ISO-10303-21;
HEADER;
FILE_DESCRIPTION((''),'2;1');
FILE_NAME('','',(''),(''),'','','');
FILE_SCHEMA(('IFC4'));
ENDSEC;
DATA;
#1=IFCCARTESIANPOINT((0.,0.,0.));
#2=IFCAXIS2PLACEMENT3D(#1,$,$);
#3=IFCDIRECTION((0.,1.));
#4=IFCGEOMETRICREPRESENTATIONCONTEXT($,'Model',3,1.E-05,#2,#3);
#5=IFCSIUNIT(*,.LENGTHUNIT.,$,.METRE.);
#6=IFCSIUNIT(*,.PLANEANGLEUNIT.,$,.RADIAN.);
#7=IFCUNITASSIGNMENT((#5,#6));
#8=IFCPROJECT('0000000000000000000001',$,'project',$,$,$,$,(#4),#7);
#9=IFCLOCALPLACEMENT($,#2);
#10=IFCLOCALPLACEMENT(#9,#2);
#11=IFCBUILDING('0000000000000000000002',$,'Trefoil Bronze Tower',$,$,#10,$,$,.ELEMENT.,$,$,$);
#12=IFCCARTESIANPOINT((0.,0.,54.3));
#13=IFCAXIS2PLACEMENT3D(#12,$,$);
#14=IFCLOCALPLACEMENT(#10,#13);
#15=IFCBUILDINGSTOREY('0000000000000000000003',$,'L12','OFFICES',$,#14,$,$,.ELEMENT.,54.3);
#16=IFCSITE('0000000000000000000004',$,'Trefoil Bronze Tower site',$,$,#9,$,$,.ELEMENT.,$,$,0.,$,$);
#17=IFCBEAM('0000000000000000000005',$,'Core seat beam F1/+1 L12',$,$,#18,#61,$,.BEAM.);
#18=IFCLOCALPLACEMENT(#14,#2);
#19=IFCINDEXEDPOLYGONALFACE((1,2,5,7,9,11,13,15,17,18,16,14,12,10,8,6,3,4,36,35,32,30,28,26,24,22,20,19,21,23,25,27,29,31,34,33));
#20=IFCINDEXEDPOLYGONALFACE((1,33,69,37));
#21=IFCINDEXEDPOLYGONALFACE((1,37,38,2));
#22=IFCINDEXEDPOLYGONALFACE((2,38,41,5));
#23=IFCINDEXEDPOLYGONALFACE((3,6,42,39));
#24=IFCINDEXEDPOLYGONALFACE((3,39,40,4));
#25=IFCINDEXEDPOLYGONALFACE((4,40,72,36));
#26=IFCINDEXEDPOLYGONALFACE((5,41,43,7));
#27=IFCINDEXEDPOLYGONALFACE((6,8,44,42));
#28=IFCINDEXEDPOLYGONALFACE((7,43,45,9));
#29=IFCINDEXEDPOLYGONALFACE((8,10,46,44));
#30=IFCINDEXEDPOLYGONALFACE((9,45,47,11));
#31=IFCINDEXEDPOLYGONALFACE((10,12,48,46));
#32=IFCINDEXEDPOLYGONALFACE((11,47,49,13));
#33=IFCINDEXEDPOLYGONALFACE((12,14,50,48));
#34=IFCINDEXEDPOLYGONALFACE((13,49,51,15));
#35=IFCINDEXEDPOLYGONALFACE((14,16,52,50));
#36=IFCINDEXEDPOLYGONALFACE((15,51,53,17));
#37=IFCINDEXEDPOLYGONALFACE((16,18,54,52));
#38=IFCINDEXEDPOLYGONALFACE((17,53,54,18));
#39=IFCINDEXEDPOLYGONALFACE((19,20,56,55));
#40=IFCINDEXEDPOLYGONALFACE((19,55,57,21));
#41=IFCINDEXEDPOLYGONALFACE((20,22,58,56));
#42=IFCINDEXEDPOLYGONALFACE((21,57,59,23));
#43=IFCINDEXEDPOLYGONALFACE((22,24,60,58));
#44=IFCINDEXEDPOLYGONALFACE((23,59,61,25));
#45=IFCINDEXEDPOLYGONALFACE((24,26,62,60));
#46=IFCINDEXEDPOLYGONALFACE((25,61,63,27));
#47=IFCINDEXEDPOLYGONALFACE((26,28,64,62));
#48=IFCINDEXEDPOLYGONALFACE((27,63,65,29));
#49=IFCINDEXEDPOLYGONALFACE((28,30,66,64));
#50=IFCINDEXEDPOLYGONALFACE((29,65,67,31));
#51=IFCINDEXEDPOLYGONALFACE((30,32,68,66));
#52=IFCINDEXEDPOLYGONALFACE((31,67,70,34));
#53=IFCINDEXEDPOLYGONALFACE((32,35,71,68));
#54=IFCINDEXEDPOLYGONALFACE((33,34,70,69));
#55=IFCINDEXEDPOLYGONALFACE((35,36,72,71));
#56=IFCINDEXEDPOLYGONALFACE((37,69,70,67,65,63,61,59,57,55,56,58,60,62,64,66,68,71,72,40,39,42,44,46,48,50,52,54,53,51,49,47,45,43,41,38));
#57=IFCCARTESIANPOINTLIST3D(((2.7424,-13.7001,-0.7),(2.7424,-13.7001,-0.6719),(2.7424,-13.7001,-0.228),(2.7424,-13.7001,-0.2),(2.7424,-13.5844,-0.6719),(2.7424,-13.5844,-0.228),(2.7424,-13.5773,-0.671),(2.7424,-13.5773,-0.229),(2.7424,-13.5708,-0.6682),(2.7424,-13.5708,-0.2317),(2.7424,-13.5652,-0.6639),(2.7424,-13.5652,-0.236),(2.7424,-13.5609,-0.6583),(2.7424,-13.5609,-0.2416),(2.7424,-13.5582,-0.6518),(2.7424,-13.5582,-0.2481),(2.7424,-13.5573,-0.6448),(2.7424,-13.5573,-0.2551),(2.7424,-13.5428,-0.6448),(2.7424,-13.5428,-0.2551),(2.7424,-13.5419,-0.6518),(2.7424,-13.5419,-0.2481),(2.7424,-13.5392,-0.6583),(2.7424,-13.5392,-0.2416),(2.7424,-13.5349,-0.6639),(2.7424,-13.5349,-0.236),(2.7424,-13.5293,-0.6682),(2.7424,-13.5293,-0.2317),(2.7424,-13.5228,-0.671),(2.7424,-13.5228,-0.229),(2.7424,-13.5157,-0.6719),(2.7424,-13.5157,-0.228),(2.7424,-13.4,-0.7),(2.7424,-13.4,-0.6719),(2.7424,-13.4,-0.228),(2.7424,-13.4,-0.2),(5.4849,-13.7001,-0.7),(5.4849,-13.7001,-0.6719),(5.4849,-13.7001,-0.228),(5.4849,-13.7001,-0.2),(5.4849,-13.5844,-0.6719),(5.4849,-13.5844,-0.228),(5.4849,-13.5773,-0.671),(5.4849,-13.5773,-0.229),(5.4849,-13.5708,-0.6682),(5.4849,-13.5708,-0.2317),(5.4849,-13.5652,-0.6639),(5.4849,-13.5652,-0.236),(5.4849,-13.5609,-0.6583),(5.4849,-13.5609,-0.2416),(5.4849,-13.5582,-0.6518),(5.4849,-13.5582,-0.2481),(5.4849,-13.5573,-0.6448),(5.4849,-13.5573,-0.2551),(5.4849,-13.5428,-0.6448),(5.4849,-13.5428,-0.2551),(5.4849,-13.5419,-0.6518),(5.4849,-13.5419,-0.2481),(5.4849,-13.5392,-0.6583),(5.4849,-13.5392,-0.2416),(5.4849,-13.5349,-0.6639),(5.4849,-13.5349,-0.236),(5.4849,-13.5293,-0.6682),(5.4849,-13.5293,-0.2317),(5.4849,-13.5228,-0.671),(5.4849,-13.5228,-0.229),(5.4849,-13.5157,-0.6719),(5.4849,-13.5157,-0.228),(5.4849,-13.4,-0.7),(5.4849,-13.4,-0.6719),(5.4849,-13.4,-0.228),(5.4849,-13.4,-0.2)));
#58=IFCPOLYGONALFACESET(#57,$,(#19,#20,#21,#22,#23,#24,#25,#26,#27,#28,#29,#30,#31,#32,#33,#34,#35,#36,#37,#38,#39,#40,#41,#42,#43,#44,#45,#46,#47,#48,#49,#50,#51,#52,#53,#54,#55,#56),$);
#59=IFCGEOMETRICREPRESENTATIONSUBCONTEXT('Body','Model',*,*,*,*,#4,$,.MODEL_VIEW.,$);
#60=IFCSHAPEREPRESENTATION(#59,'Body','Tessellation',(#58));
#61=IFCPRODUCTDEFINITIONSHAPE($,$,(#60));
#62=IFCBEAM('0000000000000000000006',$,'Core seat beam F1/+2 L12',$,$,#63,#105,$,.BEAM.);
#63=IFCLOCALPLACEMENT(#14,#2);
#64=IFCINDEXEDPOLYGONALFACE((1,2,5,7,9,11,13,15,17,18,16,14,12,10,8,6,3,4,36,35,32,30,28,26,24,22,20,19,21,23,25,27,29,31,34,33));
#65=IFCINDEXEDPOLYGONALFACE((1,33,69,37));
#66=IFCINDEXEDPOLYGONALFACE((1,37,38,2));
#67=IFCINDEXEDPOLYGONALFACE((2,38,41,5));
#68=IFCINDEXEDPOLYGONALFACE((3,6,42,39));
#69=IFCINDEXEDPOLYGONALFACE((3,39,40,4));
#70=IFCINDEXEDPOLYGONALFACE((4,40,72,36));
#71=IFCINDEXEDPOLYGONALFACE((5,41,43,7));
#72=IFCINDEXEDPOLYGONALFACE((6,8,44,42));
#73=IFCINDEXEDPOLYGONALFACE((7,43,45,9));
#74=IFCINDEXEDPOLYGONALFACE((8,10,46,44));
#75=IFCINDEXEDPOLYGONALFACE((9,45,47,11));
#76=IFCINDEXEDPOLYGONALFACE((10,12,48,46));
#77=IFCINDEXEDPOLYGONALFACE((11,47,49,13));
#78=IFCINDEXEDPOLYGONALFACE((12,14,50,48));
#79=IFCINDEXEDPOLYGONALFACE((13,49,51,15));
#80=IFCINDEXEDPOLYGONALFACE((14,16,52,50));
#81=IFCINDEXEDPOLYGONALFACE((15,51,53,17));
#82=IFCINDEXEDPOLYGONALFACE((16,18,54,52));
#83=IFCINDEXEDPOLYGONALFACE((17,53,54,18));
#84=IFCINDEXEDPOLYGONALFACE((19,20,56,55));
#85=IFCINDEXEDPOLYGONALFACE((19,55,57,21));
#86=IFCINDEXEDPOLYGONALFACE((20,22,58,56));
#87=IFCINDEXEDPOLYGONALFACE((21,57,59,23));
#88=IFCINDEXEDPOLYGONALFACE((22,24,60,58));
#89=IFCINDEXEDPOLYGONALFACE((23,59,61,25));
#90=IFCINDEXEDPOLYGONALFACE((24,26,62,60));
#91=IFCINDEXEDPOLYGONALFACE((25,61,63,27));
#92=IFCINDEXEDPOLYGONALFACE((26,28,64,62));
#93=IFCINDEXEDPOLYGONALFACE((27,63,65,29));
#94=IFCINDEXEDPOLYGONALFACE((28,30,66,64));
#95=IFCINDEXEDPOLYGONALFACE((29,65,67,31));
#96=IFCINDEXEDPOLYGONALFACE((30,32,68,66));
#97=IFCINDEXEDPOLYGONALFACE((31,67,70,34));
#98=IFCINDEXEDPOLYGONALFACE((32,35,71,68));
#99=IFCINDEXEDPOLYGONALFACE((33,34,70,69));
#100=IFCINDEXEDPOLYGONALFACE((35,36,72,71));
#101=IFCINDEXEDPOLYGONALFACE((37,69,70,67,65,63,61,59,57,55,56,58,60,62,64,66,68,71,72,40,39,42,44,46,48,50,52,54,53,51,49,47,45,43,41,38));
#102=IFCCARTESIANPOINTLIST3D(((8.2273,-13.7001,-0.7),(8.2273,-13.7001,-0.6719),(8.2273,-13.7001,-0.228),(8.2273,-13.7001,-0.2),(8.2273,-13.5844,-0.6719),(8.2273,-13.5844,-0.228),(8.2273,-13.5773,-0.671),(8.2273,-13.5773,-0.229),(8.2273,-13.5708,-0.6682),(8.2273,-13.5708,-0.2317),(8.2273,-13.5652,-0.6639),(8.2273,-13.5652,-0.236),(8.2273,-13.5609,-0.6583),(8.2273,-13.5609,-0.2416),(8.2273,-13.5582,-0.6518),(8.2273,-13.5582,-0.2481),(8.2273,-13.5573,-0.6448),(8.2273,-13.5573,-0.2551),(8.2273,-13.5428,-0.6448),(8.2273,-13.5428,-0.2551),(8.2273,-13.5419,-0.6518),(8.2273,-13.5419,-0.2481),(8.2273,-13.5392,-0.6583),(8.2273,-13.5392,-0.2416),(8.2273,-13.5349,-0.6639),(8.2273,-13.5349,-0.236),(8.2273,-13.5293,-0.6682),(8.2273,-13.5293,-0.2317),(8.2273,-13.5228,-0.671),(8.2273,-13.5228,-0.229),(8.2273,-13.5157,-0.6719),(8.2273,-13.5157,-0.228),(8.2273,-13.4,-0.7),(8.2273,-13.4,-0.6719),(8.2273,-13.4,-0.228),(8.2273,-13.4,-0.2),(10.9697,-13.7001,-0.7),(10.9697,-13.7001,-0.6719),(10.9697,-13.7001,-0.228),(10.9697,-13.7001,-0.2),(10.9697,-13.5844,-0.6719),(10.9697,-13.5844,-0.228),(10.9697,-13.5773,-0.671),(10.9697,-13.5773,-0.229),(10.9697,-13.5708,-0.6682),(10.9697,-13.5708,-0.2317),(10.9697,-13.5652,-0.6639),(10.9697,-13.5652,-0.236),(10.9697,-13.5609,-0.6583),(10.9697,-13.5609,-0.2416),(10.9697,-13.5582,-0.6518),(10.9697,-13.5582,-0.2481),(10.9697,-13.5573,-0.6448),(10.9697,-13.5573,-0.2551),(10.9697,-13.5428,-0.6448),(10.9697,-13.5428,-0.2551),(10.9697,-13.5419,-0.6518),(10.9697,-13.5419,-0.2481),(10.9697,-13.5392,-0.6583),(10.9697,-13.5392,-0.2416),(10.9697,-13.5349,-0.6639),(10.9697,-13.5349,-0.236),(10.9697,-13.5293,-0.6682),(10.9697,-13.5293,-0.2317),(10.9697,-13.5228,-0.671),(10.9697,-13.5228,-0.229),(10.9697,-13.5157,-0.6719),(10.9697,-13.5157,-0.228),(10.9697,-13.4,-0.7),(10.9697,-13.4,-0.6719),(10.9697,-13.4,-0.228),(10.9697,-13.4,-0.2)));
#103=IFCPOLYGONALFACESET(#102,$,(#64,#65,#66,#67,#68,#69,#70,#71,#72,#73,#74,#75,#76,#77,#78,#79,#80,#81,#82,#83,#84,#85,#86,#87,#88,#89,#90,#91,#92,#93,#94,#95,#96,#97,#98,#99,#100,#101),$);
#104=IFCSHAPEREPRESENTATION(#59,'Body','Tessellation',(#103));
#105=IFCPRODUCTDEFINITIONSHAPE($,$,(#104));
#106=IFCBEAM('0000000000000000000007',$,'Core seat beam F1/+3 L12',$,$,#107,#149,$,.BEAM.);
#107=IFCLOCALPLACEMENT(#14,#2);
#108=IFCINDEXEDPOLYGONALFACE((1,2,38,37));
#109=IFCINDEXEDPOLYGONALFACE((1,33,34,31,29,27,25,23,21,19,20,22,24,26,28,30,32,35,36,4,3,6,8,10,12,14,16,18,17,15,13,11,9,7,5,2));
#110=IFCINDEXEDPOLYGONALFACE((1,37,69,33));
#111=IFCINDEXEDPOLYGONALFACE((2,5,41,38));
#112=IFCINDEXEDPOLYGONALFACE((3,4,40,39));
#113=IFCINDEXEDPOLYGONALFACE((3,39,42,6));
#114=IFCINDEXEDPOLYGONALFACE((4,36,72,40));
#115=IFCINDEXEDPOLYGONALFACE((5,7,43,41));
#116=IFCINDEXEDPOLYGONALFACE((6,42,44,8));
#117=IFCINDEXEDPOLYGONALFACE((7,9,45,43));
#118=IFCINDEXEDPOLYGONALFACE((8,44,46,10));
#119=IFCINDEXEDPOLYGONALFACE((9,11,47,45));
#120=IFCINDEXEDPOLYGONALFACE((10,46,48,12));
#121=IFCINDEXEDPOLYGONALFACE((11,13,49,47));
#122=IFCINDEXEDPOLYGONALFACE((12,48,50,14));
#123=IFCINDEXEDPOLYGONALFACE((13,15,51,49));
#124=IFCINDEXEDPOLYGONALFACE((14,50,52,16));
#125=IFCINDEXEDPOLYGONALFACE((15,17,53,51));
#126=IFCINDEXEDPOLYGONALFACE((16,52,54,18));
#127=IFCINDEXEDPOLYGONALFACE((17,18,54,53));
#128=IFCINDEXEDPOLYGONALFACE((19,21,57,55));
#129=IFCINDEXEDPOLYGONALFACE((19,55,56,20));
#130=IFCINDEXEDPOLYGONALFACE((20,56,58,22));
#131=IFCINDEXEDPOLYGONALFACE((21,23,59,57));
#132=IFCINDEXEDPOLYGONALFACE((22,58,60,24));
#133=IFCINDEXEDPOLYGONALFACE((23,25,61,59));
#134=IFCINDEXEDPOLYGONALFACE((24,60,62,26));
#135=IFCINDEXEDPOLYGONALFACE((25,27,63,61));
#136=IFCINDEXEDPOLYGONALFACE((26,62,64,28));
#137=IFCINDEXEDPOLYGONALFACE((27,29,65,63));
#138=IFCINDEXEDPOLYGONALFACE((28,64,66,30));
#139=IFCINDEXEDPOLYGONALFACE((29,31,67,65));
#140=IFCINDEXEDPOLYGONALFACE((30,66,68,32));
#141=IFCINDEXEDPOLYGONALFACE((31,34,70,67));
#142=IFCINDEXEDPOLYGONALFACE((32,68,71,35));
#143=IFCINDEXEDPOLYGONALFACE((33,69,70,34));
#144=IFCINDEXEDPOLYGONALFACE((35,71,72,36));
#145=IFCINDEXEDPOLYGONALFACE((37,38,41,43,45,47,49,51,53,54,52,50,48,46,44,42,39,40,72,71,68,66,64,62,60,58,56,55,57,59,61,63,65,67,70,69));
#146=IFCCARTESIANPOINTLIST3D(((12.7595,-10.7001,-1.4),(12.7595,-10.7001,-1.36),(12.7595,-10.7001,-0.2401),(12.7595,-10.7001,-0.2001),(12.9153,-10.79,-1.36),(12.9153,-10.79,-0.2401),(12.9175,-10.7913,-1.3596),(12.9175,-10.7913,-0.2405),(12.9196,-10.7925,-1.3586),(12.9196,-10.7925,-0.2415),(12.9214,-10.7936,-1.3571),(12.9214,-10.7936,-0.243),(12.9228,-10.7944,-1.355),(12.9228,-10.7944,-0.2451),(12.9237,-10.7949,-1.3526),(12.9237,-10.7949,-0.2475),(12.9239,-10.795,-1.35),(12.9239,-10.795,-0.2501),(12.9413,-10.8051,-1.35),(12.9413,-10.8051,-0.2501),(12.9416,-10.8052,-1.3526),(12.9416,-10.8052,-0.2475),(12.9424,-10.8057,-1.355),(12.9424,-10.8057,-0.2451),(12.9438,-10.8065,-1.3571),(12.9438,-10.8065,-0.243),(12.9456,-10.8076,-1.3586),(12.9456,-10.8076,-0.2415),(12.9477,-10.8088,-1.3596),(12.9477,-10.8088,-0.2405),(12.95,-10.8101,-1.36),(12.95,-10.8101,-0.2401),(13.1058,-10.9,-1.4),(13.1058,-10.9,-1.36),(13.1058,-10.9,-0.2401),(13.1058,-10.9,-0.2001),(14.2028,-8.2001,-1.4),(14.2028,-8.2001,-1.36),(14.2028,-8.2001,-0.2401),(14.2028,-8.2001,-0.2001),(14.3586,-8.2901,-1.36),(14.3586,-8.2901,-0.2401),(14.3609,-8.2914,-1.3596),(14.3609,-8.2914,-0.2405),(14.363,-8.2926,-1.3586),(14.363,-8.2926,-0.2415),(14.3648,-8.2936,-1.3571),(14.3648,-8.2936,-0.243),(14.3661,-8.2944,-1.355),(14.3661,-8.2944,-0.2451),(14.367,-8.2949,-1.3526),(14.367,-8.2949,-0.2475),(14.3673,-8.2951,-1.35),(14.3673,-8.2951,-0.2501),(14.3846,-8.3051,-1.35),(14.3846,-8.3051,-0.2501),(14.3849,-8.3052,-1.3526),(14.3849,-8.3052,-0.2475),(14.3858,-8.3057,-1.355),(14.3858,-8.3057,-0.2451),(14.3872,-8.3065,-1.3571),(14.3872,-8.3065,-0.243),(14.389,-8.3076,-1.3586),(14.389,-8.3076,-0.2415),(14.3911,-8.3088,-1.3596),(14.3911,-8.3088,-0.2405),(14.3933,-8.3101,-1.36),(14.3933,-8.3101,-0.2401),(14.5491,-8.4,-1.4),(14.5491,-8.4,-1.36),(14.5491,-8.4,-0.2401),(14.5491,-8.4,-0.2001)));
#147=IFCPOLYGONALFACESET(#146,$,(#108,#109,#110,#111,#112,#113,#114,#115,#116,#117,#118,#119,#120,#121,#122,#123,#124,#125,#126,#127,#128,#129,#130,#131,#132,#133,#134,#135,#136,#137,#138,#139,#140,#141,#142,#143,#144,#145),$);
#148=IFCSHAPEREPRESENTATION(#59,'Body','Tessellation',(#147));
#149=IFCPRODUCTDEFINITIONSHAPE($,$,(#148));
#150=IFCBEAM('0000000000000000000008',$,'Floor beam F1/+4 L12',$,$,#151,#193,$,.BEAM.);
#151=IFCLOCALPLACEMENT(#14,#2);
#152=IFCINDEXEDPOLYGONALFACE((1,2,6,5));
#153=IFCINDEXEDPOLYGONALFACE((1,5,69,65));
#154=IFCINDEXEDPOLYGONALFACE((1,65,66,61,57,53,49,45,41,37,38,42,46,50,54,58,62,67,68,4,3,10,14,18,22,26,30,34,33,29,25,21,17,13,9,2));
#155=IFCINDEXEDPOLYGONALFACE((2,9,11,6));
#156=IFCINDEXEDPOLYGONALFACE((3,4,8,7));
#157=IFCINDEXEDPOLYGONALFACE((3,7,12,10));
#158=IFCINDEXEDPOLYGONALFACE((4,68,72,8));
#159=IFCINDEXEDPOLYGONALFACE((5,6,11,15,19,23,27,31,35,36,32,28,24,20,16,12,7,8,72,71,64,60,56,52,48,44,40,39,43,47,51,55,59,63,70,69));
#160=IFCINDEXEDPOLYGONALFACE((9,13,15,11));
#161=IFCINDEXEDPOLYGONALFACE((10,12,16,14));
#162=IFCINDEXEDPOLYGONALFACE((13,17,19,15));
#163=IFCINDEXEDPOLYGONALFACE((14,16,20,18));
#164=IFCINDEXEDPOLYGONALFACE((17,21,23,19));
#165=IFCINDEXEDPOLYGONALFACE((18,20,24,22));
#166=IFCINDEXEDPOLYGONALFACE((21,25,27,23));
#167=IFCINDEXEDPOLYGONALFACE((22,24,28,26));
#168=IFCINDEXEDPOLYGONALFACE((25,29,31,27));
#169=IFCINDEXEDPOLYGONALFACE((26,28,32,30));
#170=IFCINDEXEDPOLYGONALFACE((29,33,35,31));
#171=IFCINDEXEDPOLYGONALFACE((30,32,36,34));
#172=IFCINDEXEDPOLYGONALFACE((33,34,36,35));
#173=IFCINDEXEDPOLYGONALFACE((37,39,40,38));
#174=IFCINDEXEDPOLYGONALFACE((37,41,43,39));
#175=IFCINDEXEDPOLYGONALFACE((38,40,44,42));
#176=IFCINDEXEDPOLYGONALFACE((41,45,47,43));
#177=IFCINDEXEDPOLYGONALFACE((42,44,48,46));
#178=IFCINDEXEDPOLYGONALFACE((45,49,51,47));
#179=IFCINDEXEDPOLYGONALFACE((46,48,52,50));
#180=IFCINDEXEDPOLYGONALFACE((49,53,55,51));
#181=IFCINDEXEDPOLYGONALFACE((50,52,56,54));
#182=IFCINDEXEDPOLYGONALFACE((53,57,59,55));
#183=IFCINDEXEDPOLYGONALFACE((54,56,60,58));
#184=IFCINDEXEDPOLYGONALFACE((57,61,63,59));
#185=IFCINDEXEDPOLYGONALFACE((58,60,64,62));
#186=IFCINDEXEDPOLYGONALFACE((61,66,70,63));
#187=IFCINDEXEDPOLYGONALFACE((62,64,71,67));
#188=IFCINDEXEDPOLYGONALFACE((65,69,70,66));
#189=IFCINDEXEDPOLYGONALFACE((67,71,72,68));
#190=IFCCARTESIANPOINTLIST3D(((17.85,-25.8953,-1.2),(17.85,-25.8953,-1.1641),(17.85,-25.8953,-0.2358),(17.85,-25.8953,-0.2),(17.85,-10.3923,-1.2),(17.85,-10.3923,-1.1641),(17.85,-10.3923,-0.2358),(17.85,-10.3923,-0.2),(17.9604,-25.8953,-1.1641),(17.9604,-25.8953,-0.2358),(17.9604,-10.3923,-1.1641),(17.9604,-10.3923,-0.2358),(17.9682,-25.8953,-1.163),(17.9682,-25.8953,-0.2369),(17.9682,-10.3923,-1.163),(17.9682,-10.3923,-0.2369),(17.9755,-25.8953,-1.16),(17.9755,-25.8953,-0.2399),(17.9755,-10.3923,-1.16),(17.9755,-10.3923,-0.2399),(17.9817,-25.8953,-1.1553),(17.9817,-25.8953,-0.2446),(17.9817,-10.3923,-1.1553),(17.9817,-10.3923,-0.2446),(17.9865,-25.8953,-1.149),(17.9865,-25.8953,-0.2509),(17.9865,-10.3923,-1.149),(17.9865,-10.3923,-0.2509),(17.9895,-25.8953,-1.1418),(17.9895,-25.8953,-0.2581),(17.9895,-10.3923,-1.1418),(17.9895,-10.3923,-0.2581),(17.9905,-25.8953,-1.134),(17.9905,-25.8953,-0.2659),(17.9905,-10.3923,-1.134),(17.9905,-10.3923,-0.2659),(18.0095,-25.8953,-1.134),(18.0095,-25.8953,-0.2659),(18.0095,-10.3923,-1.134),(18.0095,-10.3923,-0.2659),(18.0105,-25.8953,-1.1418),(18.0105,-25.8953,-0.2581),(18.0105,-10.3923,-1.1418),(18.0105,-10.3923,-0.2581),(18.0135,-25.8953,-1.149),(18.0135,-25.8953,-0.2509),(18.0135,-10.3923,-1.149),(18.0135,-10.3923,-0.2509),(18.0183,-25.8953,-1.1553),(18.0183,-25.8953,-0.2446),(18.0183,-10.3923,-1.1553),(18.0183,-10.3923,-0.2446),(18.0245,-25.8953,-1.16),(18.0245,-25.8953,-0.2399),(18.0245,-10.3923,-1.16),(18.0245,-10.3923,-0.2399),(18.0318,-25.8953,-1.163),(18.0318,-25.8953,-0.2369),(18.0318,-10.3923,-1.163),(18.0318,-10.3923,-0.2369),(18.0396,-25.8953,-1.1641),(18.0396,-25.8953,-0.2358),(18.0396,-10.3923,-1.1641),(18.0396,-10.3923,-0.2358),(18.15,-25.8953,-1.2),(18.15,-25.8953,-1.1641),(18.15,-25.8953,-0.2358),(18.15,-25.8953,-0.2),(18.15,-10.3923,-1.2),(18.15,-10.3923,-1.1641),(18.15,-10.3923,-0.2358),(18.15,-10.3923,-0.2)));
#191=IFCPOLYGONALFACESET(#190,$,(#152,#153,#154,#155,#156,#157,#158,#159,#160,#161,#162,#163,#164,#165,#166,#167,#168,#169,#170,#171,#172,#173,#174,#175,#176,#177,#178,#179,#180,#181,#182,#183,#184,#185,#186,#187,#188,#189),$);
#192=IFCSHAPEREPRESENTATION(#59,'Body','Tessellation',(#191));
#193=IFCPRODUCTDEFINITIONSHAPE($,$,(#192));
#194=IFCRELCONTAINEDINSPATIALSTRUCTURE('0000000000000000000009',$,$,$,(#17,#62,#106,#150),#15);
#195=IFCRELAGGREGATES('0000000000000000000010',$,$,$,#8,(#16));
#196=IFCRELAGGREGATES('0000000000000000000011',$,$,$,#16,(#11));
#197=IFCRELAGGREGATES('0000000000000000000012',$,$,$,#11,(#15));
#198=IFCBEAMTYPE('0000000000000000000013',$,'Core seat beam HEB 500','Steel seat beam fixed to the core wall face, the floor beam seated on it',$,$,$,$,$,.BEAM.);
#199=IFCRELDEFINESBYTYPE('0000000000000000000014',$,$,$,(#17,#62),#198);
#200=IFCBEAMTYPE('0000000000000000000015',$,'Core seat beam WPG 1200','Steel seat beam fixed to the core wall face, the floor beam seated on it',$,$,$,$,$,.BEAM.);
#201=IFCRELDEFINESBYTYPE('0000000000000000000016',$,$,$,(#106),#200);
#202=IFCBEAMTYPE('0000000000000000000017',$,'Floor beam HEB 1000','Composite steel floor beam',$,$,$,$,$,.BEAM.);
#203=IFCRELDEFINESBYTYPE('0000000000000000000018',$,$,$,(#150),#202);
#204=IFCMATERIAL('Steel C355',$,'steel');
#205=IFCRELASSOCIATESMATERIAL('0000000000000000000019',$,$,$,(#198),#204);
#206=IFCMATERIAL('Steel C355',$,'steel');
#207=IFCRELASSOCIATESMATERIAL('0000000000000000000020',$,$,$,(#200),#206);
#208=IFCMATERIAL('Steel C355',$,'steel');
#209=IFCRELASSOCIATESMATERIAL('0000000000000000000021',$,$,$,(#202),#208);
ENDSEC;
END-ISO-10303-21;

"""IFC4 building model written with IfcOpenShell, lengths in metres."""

from ifc_helpers import new_model, si_unit, direction, frame, origin, origin_2d, place, context, subcontext, project, spatial, i_section, extrude, material, material_profile, profile_set, type_object, element, save


model = new_model("IFC4")

# Units and contexts
model_context = context("Model", 3, precision=1e-05, world=origin(), true_north=direction((0.0, 1.0)))
body_context = subcontext(model_context, "Body", "Model", "MODEL_VIEW")
ifc_project = project(units=[si_unit("LENGTHUNIT", "METRE"), si_unit("PLANEANGLEUNIT", "RADIAN")], contexts=[model_context])

# Site, building, storey
site_placement = place(None, origin())
site = spatial("IfcSite", under=ifc_project, at=site_placement, Name="Trefoil Bronze Tower site", CompositionType="ELEMENT", RefElevation=0.0)
building_placement = place(site_placement, origin())
building = spatial("IfcBuilding", under=site, at=building_placement, Name="Trefoil Bronze Tower", CompositionType="ELEMENT")
storey_placement = place(building_placement, frame((0.0, 0.0, 54.3)))
storey = spatial("IfcBuildingStorey", under=building, at=storey_placement, Name="L12", Description="OFFICES", CompositionType="ELEMENT", Elevation=54.3)

# Beams
ifc_material_1 = material(Name="Steel C355", Category="steel")
ifc_material_profile_1 = material_profile(ifc_material_1, i_section(OverallWidth=0.3, OverallDepth=0.5, WebThickness=0.0144, FlangeThickness=0.0281, FilletRadius=0.0271, at=origin_2d()), Name="HEB 500")
ifc_profile_set_1 = profile_set([ifc_material_profile_1], Name="Steel C355")
beam_type_1 = type_object("IfcBeamType", Name="Core seat beam HEB 500", Description="Steel seat beam fixed to the core wall face, the floor beam seated on it", PredefinedType="BEAM", material=ifc_profile_set_1)
for number, where, z_axis, x_axis, name in (
    (1, (2.7424, -13.55, -0.45), (1.0, 0.0, 0.0), (0.0, 1.0, 0.0), "Core seat beam F1/+1 L12"),
    (2, (8.2273, -13.55, -0.45), (1.0, 0.0, 0.0), (0.0, 1.0, 0.0), "Core seat beam F1/+2 L12"),
):
    element("IfcBeam", number, at=place(storey_placement, frame(where, z_axis=z_axis, x_axis=x_axis)), inside=storey, type_object=beam_type_1, Name=name, PredefinedType="BEAM", context=body_context, shape_type="SweptSolid", body=[
        extrude(i_section(OverallWidth=0.3, OverallDepth=0.5, WebThickness=0.0144, FlangeThickness=0.0281, FilletRadius=0.0271, at=origin_2d()), origin(), (0.0, 0.0, 1.0), 2.7424),
    ])
ifc_material_2 = material(Name="Steel C355", Category="steel")
ifc_material_profile_2 = material_profile(ifc_material_2, i_section(OverallWidth=0.3999, OverallDepth=1.2, WebThickness=0.02, FlangeThickness=0.04, FilletRadius=0.01, at=origin_2d()), Name="WPG 1200")
ifc_profile_set_2 = profile_set([ifc_material_profile_2], Name="Steel C355")
beam_type_2 = type_object("IfcBeamType", Name="Core seat beam WPG 1200", Description="Steel seat beam fixed to the core wall face, the floor beam seated on it", PredefinedType="BEAM", material=ifc_profile_set_2)
beam_1_placement = place(storey_placement, frame((12.9326, -10.8, -0.8), z_axis=(0.499996, 0.866028, 0.0), x_axis=(-0.866028, 0.499996, 0.0)))
element("IfcBeam", 3, at=beam_1_placement, inside=storey, type_object=beam_type_2, Name="Core seat beam F1/+3 L12", PredefinedType="BEAM", context=body_context, shape_type="SweptSolid", body=[
    extrude(i_section(OverallWidth=0.3999, OverallDepth=1.2, WebThickness=0.02, FlangeThickness=0.04, FilletRadius=0.01, at=origin_2d()), origin(), (0.0, 0.0, 1.0), 2.8867),
])
ifc_material_3 = material(Name="Steel C355", Category="steel")
ifc_material_profile_3 = material_profile(ifc_material_3, i_section(OverallWidth=0.3, OverallDepth=1.0, WebThickness=0.019, FlangeThickness=0.0359, FilletRadius=0.03, at=origin_2d()), Name="HEB 1000")
ifc_profile_set_3 = profile_set([ifc_material_profile_3], Name="Steel C355")
beam_type_3 = type_object("IfcBeamType", Name="Floor beam HEB 1000", Description="Composite steel floor beam", PredefinedType="BEAM", material=ifc_profile_set_3)
beam_2_placement = place(storey_placement, frame((18.0, -25.8953, -0.7), z_axis=(0.0, 1.0, 0.0), x_axis=(-1.0, 0.0, 0.0)))
element("IfcBeam", 4, at=beam_2_placement, inside=storey, type_object=beam_type_3, Name="Floor beam F1/+4 L12", PredefinedType="BEAM", context=body_context, shape_type="SweptSolid", body=[
    extrude(i_section(OverallWidth=0.3, OverallDepth=1.0, WebThickness=0.019, FlangeThickness=0.0359, FilletRadius=0.03, at=origin_2d()), origin(), (0.0, 0.0, 1.0), 15.5029),
])

save(model, "model.ifc")
